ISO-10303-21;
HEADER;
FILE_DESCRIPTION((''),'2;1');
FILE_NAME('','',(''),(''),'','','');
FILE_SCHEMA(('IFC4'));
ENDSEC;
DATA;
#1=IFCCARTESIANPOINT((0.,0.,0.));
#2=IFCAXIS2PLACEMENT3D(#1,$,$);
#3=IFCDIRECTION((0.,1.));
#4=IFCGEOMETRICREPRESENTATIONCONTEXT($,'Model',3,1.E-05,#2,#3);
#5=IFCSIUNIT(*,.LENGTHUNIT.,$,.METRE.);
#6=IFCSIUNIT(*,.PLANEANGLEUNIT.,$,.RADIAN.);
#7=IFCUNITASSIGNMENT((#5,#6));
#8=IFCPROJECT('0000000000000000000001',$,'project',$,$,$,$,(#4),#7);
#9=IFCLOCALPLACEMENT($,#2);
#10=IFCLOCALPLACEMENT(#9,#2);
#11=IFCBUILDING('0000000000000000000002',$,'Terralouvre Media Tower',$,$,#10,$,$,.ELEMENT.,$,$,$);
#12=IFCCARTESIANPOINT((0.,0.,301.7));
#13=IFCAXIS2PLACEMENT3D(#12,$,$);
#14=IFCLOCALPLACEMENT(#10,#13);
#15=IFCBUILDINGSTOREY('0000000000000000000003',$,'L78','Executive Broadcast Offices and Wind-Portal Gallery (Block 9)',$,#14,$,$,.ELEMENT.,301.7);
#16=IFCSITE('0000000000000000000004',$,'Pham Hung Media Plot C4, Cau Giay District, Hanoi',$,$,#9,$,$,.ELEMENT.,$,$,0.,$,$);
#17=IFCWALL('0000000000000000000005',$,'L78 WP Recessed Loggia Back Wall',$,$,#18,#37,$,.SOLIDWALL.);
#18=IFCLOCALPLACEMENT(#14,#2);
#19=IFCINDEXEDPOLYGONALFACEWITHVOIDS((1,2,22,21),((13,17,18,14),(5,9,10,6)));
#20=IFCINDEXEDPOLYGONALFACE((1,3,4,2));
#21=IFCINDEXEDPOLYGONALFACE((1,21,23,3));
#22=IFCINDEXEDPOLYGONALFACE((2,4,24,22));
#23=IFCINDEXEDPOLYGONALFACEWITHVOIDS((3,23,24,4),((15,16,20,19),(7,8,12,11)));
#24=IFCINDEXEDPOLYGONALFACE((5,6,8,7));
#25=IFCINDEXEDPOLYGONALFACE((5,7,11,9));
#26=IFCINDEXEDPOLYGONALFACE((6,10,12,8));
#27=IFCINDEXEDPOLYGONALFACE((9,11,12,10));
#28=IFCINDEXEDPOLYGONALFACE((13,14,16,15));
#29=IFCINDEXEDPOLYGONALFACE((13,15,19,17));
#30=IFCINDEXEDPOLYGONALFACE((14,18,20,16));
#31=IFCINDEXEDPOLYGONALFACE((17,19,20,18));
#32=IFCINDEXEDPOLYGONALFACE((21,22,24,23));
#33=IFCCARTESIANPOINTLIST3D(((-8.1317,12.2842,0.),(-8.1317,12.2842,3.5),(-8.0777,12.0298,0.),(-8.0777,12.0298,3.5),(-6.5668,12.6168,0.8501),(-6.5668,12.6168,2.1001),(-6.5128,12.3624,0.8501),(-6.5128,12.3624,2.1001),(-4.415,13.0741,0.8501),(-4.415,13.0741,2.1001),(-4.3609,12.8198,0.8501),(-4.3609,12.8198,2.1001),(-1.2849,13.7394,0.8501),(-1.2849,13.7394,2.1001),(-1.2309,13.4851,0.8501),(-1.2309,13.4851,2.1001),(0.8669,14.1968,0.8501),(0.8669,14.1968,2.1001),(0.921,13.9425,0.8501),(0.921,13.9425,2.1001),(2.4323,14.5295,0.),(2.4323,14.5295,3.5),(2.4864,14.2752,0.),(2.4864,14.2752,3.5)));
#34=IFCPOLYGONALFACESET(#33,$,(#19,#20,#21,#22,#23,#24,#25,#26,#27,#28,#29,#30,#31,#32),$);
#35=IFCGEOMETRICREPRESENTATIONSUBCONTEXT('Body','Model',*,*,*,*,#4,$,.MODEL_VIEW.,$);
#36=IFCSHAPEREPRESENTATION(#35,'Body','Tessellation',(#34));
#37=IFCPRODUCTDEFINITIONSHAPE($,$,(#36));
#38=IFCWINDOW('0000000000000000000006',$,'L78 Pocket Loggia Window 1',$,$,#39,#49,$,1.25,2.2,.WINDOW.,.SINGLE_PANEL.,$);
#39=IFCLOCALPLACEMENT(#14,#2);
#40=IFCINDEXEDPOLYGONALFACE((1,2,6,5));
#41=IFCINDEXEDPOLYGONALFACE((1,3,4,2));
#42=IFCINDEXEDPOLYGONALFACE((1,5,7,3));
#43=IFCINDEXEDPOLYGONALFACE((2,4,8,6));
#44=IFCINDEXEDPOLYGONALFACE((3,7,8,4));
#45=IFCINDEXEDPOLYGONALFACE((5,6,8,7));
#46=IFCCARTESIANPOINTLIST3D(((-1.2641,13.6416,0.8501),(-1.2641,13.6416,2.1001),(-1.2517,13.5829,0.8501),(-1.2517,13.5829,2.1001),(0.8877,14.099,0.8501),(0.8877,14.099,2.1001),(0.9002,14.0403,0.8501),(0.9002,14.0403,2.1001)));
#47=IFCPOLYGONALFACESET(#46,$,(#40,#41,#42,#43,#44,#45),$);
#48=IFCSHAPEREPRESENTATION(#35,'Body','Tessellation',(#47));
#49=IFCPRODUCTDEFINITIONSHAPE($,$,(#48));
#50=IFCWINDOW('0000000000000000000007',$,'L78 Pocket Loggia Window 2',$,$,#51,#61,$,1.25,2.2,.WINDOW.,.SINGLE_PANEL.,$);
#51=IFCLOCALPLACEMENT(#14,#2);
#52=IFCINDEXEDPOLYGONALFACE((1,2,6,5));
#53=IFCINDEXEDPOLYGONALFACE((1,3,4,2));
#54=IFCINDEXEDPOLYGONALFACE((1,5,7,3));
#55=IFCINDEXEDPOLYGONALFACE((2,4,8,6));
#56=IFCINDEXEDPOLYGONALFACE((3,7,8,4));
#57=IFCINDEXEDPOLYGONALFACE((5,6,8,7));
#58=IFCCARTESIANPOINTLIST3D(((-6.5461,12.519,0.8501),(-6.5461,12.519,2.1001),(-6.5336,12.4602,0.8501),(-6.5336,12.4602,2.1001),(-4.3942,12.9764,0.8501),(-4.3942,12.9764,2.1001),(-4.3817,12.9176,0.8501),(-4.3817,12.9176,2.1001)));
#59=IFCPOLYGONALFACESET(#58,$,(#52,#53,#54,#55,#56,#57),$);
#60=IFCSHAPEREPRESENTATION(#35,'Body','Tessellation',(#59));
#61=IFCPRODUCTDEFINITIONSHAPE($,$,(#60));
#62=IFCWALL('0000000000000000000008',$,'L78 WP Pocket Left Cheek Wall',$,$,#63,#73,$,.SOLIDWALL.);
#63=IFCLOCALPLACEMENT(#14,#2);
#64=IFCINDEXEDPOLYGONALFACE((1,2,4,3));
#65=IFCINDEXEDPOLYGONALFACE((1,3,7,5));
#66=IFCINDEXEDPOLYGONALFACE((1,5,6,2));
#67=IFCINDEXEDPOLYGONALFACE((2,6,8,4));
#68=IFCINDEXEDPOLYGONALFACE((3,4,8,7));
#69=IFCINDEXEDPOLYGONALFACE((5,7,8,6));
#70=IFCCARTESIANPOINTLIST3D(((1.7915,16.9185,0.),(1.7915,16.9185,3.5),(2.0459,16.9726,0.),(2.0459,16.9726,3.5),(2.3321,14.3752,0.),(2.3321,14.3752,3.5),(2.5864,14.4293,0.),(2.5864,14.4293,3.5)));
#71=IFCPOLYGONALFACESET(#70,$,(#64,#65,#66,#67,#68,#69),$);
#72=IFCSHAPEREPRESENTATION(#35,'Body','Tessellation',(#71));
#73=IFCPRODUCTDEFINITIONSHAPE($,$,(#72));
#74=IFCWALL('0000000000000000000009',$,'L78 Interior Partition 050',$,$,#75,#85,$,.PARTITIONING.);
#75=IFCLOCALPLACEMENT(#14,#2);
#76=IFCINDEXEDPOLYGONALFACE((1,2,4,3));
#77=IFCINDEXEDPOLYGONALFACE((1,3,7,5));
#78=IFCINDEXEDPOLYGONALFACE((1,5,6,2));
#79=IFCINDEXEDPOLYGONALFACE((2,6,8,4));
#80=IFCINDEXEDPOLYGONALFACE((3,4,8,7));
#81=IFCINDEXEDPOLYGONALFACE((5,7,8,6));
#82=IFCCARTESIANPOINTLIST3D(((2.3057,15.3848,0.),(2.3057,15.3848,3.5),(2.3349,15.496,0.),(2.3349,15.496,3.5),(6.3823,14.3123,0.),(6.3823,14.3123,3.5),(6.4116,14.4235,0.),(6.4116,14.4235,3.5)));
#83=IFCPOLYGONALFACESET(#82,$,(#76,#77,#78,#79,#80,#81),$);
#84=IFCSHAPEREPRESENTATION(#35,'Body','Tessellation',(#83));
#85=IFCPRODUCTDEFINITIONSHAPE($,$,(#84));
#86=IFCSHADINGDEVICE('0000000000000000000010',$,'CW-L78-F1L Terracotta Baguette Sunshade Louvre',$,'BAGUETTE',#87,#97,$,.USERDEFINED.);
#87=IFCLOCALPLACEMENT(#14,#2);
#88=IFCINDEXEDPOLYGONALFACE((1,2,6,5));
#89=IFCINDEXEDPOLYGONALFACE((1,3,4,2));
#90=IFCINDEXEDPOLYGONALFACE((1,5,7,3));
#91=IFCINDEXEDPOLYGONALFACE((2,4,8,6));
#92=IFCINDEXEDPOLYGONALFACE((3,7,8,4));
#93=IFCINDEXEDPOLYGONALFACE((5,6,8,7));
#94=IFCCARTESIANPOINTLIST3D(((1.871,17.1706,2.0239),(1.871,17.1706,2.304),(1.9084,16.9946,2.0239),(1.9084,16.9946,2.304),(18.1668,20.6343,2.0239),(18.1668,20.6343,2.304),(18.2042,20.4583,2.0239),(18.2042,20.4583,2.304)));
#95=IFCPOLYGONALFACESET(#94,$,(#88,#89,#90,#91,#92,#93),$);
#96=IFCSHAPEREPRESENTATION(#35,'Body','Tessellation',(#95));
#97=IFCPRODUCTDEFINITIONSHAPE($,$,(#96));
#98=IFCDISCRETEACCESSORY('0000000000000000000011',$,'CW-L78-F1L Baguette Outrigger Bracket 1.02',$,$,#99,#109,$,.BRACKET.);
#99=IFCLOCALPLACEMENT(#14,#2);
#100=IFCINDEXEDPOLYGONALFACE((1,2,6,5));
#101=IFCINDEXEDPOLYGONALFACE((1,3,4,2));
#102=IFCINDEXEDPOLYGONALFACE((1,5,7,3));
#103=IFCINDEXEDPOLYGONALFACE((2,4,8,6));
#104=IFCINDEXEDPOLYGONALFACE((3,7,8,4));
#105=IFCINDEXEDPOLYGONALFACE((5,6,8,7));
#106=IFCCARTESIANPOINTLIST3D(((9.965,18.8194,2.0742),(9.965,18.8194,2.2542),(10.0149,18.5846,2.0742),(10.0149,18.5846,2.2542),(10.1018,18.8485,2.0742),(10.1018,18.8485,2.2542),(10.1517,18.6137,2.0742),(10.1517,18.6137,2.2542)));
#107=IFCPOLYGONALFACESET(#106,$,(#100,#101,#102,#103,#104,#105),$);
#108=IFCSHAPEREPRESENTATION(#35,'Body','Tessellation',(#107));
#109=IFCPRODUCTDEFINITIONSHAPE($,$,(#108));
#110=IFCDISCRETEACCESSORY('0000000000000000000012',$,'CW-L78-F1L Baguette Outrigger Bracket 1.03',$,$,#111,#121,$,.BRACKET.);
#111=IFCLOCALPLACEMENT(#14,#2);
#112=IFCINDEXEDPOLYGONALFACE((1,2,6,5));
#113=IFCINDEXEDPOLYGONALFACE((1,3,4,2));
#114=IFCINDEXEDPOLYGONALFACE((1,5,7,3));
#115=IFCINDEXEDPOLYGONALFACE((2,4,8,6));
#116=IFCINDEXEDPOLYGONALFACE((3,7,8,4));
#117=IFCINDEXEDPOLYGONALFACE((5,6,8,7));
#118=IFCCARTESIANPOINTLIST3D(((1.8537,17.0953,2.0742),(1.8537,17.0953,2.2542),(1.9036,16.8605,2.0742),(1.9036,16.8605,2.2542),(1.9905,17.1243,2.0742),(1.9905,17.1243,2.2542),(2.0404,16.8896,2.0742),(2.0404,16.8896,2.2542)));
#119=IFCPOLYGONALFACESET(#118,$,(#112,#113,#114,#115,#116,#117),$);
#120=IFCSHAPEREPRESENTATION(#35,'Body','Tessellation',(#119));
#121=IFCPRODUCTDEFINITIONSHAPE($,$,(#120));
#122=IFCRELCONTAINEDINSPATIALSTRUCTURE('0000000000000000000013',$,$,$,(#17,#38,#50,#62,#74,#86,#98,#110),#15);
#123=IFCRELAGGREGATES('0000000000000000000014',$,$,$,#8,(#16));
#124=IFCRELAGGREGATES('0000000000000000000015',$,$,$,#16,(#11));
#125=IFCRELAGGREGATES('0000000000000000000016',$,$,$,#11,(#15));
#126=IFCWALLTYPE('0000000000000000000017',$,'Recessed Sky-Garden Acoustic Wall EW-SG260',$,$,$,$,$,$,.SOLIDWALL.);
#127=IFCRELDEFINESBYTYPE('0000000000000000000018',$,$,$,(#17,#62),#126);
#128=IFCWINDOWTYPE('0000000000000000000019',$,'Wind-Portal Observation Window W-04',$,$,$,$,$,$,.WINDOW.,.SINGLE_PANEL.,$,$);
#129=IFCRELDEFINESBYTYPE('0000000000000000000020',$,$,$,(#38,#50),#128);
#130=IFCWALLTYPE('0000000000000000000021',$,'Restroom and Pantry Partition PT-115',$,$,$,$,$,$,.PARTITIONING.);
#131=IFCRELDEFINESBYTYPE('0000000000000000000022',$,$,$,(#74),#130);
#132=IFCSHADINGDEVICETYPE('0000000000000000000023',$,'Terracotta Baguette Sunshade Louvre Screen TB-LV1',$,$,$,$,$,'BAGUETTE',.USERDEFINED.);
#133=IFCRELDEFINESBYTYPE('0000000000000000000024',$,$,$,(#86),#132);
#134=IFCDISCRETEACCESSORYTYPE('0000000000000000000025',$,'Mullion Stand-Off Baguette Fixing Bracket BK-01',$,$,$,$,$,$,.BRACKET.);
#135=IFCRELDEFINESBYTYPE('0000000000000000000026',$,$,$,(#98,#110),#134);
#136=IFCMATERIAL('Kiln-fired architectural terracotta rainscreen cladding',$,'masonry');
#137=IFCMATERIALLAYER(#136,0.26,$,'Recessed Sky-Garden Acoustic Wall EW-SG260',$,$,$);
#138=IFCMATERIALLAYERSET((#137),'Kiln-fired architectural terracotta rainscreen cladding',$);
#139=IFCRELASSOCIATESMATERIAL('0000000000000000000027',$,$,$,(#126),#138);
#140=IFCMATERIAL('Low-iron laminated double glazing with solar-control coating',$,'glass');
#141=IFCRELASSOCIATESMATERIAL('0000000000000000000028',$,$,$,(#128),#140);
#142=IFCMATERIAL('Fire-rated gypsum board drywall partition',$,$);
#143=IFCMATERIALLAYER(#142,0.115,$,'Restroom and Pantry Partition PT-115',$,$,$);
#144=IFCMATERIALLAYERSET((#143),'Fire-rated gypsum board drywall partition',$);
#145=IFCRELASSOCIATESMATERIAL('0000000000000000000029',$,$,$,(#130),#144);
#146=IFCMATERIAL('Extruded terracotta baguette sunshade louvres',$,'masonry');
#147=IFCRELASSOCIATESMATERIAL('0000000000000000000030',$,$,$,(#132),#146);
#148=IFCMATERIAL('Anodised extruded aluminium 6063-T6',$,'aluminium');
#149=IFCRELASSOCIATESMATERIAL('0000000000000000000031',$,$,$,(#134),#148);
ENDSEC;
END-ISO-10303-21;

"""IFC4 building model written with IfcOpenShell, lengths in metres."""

from ifc_helpers import new_model, si_unit, direction, frame, frame_2d, origin, origin_2d, place, context, subcontext, project, spatial, rectangle, extrude, material, layer, layer_set, type_object, element, fill, save


model = new_model("IFC4")

# Units and contexts
model_context = context("Model", 3, precision=1e-05, world=origin(), true_north=direction((0.0, 1.0)))
body_context = subcontext(model_context, "Body", "Model", "MODEL_VIEW")
ifc_project = project(units=[si_unit("LENGTHUNIT", "METRE"), si_unit("PLANEANGLEUNIT", "RADIAN")], contexts=[model_context])

# Site, building, storey
site_placement = place(None, origin())
site = spatial("IfcSite", under=ifc_project, at=site_placement, Name="Pham Hung Media Plot C4, Cau Giay District, Hanoi", CompositionType="ELEMENT", RefElevation=0.0)
building_placement = place(site_placement, origin())
building = spatial("IfcBuilding", under=site, at=building_placement, Name="Terralouvre Media Tower", CompositionType="ELEMENT")
storey_placement = place(building_placement, frame((0.0, 0.0, 301.7)))
storey = spatial("IfcBuildingStorey", under=building, at=storey_placement, Name="L78", Description="Executive Broadcast Offices and Wind-Portal Gallery (Block 9)", CompositionType="ELEMENT", Elevation=301.7)

# Wall, openings, windows
ifc_material_1 = material(Name="Kiln-fired architectural terracotta rainscreen cladding", Category="masonry")
ifc_layer_1 = layer(ifc_material_1, 0.26, Name="Recessed Sky-Garden Acoustic Wall EW-SG260")
ifc_layer_set_1 = layer_set([ifc_layer_1], Name="Kiln-fired architectural terracotta rainscreen cladding")
wall_type_1 = type_object("IfcWallType", Name="Recessed Sky-Garden Acoustic Wall EW-SG260", PredefinedType="SOLIDWALL", material=ifc_layer_set_1)
wall_1_placement = place(storey_placement, frame((2.4592, 14.4023, 0.0), z_axis=(0.0, 0.0, 1.0), x_axis=(-0.978149, -0.207905, 0.0)))
wall_1 = element("IfcWall", 1, at=wall_1_placement, inside=storey, type_object=wall_type_1, Name="L78 WP Recessed Loggia Back Wall", PredefinedType="SOLIDWALL", context=body_context, shape_type="SweptSolid", body=[
    extrude(rectangle(XDim=10.8, YDim=0.26, at=frame_2d((5.3999, 0.0))), origin(), (0.0, 0.0, 1.0), 3.5),
])
opening_1_placement = place(wall_1_placement, frame((1.6001, 0.0, 0.8501)))
opening_1 = element("IfcOpeningElement", 2, at=opening_1_placement, cuts=wall_1, PredefinedType="OPENING", context=body_context, shape_type="SweptSolid", body=[
    extrude(rectangle(XDim=2.2, YDim=1.25, at=frame_2d((1.1001, 0.625))), frame((0.0, 0.1399, 0.0), z_axis=(0.0, -1.0, 0.0), x_axis=(1.0, 0.0, 0.0)), (0.0, 0.0, 1.0), 0.28),
])
opening_2_placement = place(wall_1_placement, frame((7.0, 0.0, 0.8501)))
opening_2 = element("IfcOpeningElement", 3, at=opening_2_placement, cuts=wall_1, PredefinedType="OPENING", context=body_context, shape_type="SweptSolid", body=[
    extrude(rectangle(XDim=2.2, YDim=1.25, at=frame_2d((1.1001, 0.625))), frame((0.0, 0.1399, 0.0), z_axis=(0.0, -1.0, 0.0), x_axis=(1.0, 0.0, 0.0)), (0.0, 0.0, 1.0), 0.28),
])
ifc_material_2 = material(Name="Low-iron laminated double glazing with solar-control coating", Category="glass")
window_type = type_object("IfcWindowType", Name="Wind-Portal Observation Window W-04", PartitioningType="SINGLE_PANEL", PredefinedType="WINDOW", material=ifc_material_2)
window_1_placement = place(opening_1_placement, origin())
window_1 = element("IfcWindow", 4, at=window_1_placement, inside=storey, type_object=window_type, Name="L78 Pocket Loggia Window 1", OverallHeight=1.25, OverallWidth=2.2, PartitioningType="SINGLE_PANEL", PredefinedType="WINDOW", context=body_context, shape_type="SweptSolid", body=[
    extrude(rectangle(XDim=2.2, YDim=1.25, at=frame_2d((1.1001, 0.625))), frame((0.0, 0.03, 0.0), z_axis=(0.0, -1.0, 0.0), x_axis=(1.0, 0.0, 0.0)), (0.0, 0.0, 1.0), 0.0601),
])
fill(opening_1, window_1)
window_2_placement = place(opening_2_placement, origin())
window_2 = element("IfcWindow", 5, at=window_2_placement, inside=storey, type_object=window_type, Name="L78 Pocket Loggia Window 2", OverallHeight=1.25, OverallWidth=2.2, PartitioningType="SINGLE_PANEL", PredefinedType="WINDOW", context=body_context, shape_type="SweptSolid", body=[
    extrude(rectangle(XDim=2.2, YDim=1.25, at=frame_2d((1.1001, 0.625))), frame((0.0, 0.03, 0.0), z_axis=(0.0, -1.0, 0.0), x_axis=(1.0, 0.0, 0.0)), (0.0, 0.0, 1.0), 0.0601),
])
fill(opening_2, window_2)

# Walls
wall_2_placement = place(storey_placement, frame((1.9187, 16.9456, 0.0), z_axis=(0.0, 0.0, 1.0), x_axis=(0.207894, -0.978151, 0.0)))
element("IfcWall", 6, at=wall_2_placement, inside=storey, type_object=wall_type_1, Name="L78 WP Pocket Left Cheek Wall", PredefinedType="SOLIDWALL", context=body_context, shape_type="SweptSolid", body=[
    extrude(rectangle(XDim=2.6001, YDim=0.26, at=frame_2d((1.3, 0.0))), origin(), (0.0, 0.0, 1.0), 3.5),
])
ifc_material_3 = material(Name="Fire-rated gypsum board drywall partition")
ifc_layer_2 = layer(ifc_material_3, 0.115, Name="Restroom and Pantry Partition PT-115")
ifc_layer_set_2 = layer_set([ifc_layer_2], Name="Fire-rated gypsum board drywall partition")
wall_type_2 = type_object("IfcWallType", Name="Restroom and Pantry Partition PT-115", PredefinedType="PARTITIONING", material=ifc_layer_set_2)
wall_3_placement = place(storey_placement, frame((2.3203, 15.4404, 0.0), z_axis=(0.0, 0.0, 1.0), x_axis=(0.967092, -0.254428, 0.0)))
element("IfcWall", 7, at=wall_3_placement, inside=storey, type_object=wall_type_2, Name="L78 Interior Partition 050", PredefinedType="PARTITIONING", context=body_context, shape_type="SweptSolid", body=[
    extrude(rectangle(XDim=4.2153, YDim=0.115, at=frame_2d((2.1077, 0.0))), origin(), (0.0, 0.0, 1.0), 3.5),
])

# Shading device
ifc_material_4 = material(Name="Extruded terracotta baguette sunshade louvres", Category="masonry")
shading_device_type = type_object("IfcShadingDeviceType", Name="Terracotta Baguette Sunshade Louvre Screen TB-LV1", ElementType="BAGUETTE", PredefinedType="USERDEFINED", material=ifc_material_4)
shading_device_placement = place(storey_placement, frame((10.0376, 18.8145, 2.0239), z_axis=(0.0, 0.0, 1.0), x_axis=(-0.978148, -0.207912, 0.0)))
element("IfcShadingDevice", 8, at=shading_device_placement, inside=storey, type_object=shading_device_type, Name="CW-L78-F1L Terracotta Baguette Sunshade Louvre", ObjectType="BAGUETTE", PredefinedType="USERDEFINED", context=body_context, shape_type="SweptSolid", body=[
    extrude(rectangle(XDim=16.6599, YDim=0.1799, at=origin_2d()), origin(), (0.0, 0.0, 1.0), 0.28),
])

# Discrete accessories
ifc_material_5 = material(Name="Anodised extruded aluminium 6063-T6", Category="aluminium")
discrete_accessory_type = type_object("IfcDiscreteAccessoryType", Name="Mullion Stand-Off Baguette Fixing Bracket BK-01", PredefinedType="BRACKET", material=ifc_material_5)
for number, where, z_axis, x_axis, name in (
    (9, (10.0583, 18.7166, 2.0742), (0.0, 0.0, 1.0), (-0.978148, -0.207912, 0.0), "CW-L78-F1L Baguette Outrigger Bracket 1.02"),
    (10, (1.947, 16.9924, 2.0742), (0.0, 0.0, 1.0), (-0.978148, -0.207912, 0.0), "CW-L78-F1L Baguette Outrigger Bracket 1.03"),
):
    element("IfcDiscreteAccessory", number, at=place(storey_placement, frame(where, z_axis=z_axis, x_axis=x_axis)), inside=storey, type_object=discrete_accessory_type, Name=name, PredefinedType="BRACKET", context=body_context, shape_type="SweptSolid", body=[
        extrude(rectangle(XDim=0.1399, YDim=0.24, at=origin_2d()), origin(), (0.0, 0.0, 1.0), 0.1799),
    ])

save(model, "model.ifc")
